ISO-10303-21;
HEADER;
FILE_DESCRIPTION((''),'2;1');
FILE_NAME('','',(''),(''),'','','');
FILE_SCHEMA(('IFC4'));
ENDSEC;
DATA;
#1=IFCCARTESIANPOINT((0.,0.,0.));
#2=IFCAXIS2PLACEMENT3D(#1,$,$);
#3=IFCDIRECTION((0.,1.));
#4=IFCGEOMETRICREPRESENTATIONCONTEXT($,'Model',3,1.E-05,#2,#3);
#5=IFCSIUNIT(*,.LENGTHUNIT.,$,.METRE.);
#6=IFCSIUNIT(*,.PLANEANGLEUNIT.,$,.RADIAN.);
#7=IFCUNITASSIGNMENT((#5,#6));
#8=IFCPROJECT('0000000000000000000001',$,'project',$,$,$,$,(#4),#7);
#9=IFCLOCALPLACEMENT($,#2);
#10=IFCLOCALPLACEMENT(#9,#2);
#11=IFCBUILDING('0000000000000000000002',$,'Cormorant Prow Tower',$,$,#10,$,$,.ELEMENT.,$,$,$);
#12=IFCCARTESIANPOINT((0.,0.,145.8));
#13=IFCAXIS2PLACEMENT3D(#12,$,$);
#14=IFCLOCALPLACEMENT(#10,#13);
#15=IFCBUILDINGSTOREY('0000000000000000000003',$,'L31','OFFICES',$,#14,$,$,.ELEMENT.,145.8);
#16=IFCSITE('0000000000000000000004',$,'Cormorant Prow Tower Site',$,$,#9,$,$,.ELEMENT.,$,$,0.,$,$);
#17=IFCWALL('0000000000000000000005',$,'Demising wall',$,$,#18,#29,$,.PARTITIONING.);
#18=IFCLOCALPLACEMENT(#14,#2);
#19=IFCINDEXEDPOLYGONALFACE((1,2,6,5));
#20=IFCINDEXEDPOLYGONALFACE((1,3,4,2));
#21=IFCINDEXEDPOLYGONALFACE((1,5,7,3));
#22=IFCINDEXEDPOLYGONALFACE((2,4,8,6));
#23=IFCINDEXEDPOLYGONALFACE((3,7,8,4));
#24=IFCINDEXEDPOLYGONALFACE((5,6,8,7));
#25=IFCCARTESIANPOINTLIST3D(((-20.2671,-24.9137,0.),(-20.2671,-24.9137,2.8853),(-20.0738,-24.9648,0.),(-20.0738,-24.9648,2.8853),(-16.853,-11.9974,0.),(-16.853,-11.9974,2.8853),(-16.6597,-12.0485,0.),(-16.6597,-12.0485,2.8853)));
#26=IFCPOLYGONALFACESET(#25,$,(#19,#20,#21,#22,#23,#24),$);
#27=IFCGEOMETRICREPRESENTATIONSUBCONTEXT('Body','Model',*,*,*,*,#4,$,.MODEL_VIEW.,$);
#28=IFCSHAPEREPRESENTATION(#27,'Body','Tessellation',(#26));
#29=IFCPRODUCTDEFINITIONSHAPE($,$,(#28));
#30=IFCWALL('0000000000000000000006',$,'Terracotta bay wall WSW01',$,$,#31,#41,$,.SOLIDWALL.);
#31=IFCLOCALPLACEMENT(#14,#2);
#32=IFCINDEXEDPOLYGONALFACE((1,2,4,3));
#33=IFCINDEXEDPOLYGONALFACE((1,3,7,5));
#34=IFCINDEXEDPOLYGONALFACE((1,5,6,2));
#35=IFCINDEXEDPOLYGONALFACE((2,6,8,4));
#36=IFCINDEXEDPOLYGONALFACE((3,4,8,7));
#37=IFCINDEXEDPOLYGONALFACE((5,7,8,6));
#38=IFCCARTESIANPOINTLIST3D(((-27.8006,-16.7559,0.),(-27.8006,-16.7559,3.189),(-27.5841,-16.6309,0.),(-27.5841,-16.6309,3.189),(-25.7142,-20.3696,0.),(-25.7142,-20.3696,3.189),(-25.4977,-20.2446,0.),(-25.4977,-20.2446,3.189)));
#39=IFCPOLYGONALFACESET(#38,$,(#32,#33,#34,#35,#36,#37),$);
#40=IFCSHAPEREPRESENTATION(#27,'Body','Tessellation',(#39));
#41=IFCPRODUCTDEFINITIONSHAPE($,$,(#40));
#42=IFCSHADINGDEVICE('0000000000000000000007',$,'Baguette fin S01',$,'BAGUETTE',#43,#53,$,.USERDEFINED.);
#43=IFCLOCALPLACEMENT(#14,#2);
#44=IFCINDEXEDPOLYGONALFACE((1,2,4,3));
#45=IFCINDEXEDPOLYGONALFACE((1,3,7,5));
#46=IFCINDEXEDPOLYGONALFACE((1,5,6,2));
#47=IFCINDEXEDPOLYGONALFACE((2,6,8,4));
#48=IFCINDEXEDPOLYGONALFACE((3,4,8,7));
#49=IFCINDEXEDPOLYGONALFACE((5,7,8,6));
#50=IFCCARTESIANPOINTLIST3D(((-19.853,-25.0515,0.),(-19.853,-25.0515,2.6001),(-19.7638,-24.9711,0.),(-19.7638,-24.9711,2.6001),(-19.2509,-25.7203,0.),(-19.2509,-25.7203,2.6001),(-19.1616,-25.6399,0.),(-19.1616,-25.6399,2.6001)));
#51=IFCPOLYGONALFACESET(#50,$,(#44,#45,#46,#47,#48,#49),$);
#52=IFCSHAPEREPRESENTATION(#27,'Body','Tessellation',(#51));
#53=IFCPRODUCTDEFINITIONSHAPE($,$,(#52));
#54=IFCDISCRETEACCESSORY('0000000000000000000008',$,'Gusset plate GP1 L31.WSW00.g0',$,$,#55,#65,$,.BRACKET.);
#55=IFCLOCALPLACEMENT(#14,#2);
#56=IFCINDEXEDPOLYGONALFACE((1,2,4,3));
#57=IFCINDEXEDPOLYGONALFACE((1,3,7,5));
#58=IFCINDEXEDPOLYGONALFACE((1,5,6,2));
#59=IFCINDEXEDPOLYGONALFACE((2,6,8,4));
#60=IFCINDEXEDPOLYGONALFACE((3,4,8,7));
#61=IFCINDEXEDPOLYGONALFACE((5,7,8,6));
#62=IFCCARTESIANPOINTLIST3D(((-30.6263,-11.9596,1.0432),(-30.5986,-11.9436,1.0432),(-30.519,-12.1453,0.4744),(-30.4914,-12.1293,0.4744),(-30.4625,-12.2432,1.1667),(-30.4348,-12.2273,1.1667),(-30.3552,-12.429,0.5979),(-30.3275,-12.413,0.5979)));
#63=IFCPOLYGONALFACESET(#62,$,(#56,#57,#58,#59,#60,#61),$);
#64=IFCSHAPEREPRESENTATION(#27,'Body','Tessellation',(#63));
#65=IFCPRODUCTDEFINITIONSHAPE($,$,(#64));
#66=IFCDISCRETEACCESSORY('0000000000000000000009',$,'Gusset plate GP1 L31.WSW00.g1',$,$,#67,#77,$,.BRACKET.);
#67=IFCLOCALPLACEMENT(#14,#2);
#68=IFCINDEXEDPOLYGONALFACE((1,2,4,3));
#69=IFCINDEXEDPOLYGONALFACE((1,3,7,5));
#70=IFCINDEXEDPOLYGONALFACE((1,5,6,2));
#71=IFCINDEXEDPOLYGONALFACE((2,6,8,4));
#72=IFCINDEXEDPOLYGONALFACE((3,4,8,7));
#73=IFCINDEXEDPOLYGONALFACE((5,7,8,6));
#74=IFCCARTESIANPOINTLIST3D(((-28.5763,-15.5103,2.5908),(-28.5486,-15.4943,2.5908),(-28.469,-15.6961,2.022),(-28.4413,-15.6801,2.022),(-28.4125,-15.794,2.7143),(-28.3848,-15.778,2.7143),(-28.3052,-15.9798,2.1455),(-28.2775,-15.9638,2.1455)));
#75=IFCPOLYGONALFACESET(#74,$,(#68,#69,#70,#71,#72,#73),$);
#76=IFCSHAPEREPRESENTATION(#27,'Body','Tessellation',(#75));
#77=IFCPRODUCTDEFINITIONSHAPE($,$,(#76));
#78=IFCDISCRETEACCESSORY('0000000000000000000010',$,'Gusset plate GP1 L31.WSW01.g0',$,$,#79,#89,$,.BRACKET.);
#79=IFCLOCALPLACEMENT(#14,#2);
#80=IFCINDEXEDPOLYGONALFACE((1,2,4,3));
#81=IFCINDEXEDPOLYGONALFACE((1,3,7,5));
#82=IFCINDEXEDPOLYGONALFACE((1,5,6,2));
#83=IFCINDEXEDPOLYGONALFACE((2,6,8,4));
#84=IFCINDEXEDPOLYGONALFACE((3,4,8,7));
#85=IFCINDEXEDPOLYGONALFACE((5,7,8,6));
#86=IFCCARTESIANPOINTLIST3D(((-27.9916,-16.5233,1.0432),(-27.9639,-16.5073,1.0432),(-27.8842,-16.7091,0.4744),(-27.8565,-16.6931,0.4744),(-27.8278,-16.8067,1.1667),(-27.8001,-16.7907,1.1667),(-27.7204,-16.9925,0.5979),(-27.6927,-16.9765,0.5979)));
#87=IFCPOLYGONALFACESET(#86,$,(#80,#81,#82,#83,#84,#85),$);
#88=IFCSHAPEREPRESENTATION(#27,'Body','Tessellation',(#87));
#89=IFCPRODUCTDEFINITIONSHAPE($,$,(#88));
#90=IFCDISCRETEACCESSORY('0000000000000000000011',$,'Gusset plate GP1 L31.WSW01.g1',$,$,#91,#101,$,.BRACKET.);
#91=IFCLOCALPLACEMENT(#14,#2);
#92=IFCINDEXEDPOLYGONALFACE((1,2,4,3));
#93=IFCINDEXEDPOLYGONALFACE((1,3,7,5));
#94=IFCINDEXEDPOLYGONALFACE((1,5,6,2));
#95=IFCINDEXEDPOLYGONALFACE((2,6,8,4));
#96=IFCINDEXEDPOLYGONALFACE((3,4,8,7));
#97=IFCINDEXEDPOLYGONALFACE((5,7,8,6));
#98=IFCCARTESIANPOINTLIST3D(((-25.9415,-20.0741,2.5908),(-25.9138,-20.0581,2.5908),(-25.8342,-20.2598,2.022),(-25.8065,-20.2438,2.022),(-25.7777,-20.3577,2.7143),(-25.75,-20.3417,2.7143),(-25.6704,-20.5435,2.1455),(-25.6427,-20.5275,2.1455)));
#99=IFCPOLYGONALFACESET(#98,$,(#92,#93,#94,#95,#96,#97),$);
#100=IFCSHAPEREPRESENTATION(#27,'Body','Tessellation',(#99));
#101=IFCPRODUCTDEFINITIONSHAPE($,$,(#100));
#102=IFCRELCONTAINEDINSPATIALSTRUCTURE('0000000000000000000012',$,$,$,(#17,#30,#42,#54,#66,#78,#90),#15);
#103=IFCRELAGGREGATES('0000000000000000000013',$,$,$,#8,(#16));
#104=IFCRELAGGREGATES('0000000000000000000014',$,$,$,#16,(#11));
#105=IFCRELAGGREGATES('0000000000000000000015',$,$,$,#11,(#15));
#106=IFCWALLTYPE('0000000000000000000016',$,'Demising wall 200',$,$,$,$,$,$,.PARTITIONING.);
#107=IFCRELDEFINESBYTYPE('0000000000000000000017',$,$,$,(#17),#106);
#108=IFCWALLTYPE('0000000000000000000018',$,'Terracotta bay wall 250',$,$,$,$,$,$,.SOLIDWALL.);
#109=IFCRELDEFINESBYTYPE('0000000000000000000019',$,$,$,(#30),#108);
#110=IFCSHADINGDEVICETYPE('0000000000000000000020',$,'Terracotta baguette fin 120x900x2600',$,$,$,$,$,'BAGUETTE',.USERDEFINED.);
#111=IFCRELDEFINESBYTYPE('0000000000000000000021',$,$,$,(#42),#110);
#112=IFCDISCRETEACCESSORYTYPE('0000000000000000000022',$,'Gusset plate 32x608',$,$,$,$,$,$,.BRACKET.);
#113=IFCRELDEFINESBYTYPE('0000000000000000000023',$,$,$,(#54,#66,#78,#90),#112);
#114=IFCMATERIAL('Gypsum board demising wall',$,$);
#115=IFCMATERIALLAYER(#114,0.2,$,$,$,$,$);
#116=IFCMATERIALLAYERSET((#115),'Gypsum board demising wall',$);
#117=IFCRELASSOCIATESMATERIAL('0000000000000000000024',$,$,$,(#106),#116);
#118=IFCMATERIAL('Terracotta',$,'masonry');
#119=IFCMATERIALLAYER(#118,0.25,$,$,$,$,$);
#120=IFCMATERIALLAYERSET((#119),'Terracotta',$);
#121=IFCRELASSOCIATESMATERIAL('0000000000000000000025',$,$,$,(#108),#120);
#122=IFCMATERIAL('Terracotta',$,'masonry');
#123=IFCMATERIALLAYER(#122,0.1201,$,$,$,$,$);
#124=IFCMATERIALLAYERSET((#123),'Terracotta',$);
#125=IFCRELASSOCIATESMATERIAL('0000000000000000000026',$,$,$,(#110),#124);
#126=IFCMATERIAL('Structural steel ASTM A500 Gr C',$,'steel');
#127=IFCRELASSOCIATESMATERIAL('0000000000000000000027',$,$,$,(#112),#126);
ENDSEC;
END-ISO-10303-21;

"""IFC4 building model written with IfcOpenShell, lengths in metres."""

from ifc_helpers import new_model, si_unit, direction, frame, frame_2d, origin, origin_2d, place, context, subcontext, project, spatial, rectangle, extrude, material, layer, layer_set, material_profile, profile_set, type_object, element, save


model = new_model("IFC4")

# Units and contexts
model_context = context("Model", 3, precision=1e-05, world=origin(), true_north=direction((0.0, 1.0)))
body_context = subcontext(model_context, "Body", "Model", "MODEL_VIEW")
ifc_project = project(units=[si_unit("LENGTHUNIT", "METRE"), si_unit("PLANEANGLEUNIT", "RADIAN")], contexts=[model_context])

# Site, building, storey
site_placement = place(None, origin())
site = spatial("IfcSite", under=ifc_project, at=site_placement, Name="Cormorant Prow Tower Site", CompositionType="ELEMENT", RefElevation=0.0)
building_placement = place(site_placement, origin())
building = spatial("IfcBuilding", under=site, at=building_placement, Name="Cormorant Prow Tower", CompositionType="ELEMENT")
storey_placement = place(building_placement, frame((0.0, 0.0, 145.8)))
storey = spatial("IfcBuildingStorey", under=building, at=storey_placement, Name="L31", Description="OFFICES", CompositionType="ELEMENT", Elevation=145.8)

# Walls
ifc_material_1 = material(Name="Gypsum board demising wall")
ifc_layer_1 = layer(ifc_material_1, 0.2)
ifc_layer_set_1 = layer_set([ifc_layer_1], Name="Gypsum board demising wall")
wall_type_1 = type_object("IfcWallType", Name="Demising wall 200", PredefinedType="PARTITIONING", material=ifc_layer_set_1)
wall_1_placement = place(storey_placement, frame((-20.1704, -24.9392, 0.0), z_axis=(0.0, 0.0, 1.0), x_axis=(0.255546, 0.966797, 0.0)))
element("IfcWall", 1, at=wall_1_placement, inside=storey, type_object=wall_type_1, Name="Demising wall", PredefinedType="PARTITIONING", context=body_context, shape_type="SweptSolid", body=[
    extrude(rectangle(XDim=13.3599, YDim=0.2, at=frame_2d((6.6799, 0.0))), origin(), (0.0, 0.0, 1.0), 2.8853),
])
ifc_material_2 = material(Name="Terracotta", Category="masonry")
ifc_layer_2 = layer(ifc_material_2, 0.25)
ifc_layer_set_2 = layer_set([ifc_layer_2], Name="Terracotta")
wall_type_2 = type_object("IfcWallType", Name="Terracotta bay wall 250", PredefinedType="SOLIDWALL", material=ifc_layer_set_2)
wall_2_placement = place(storey_placement, frame((-27.6924, -16.6934, 0.0), z_axis=(0.0, 0.0, 1.0), x_axis=(0.500003, -0.866024, 0.0)))
element("IfcWall", 2, at=wall_2_placement, inside=storey, type_object=wall_type_2, Name="Terracotta bay wall WSW01", PredefinedType="SOLIDWALL", context=body_context, shape_type="SweptSolid", body=[
    extrude(rectangle(XDim=4.1729, YDim=0.25, at=frame_2d((2.0864, 0.0))), origin(), (0.0, 0.0, 1.0), 3.189),
])

# Shading device
ifc_material_3 = material(Name="Terracotta", Category="masonry")
ifc_layer_3 = layer(ifc_material_3, 0.1201)
ifc_layer_set_3 = layer_set([ifc_layer_3], Name="Terracotta")
shading_device_type = type_object("IfcShadingDeviceType", Name="Terracotta baguette fin 120x900x2600", ElementType="BAGUETTE", PredefinedType="USERDEFINED", material=ifc_layer_set_3)
shading_device_placement = place(storey_placement, frame((-19.5073, -25.3457, 0.0), z_axis=(0.0, 0.0, 1.0), x_axis=(0.743145, 0.669131, 0.0)))
element("IfcShadingDevice", 3, at=shading_device_placement, inside=storey, type_object=shading_device_type, Name="Baguette fin S01", ObjectType="BAGUETTE", PredefinedType="USERDEFINED", context=body_context, shape_type="SweptSolid", body=[
    extrude(rectangle(XDim=0.1201, YDim=0.8999, at=origin_2d()), origin(), (0.0, 0.0, 1.0), 2.6001),
])

# Discrete accessories
ifc_material_4 = material(Name="Structural steel ASTM A500 Gr C", Category="steel")
ifc_material_profile_1 = material_profile(ifc_material_4, rectangle(XDim=0.032, YDim=0.6079, at=origin_2d()), Name="Gusset plate 32x608")
ifc_profile_set_1 = profile_set([ifc_material_profile_1], Name="Structural steel ASTM A500 Gr C")
discrete_accessory_type = type_object("IfcDiscreteAccessoryType", Name="Gusset plate 32x608", PredefinedType="BRACKET", material=ifc_profile_set_1)
for number, where, z_axis, x_axis, name in (
    (4, (-30.395, -12.3281, 0.8823), (-0.467903, 0.810288, -0.352845), (-0.865987, -0.500067, 0.0), "Gusset plate GP1 L31.WSW00.g0"),
    (5, (-28.5088, -15.5952, 2.3064), (0.467903, -0.810288, 0.352845), (0.865987, 0.500067, 0.0), "Gusset plate GP1 L31.WSW00.g1"),
):
    element("IfcDiscreteAccessory", number, at=place(storey_placement, frame(where, z_axis=z_axis, x_axis=x_axis)), inside=storey, type_object=discrete_accessory_type, Name=name, PredefinedType="BRACKET", context=body_context, shape_type="SweptSolid", body=[
        extrude(rectangle(XDim=0.032, YDim=0.6079, at=origin_2d()), origin(), (0.0, 0.0, 1.0), 0.3501),
    ])
discrete_accessory_1_placement = place(storey_placement, frame((-27.7603, -16.8916, 0.8823), z_axis=(-0.468168, 0.810049, -0.353044), x_axis=(-0.8658, -0.500389, 0.0)))
element("IfcDiscreteAccessory", 6, at=discrete_accessory_1_placement, inside=storey, type_object=discrete_accessory_type, Name="Gusset plate GP1 L31.WSW01.g0", PredefinedType="BRACKET", context=body_context, shape_type="SweptSolid", body=[
    extrude(rectangle(XDim=0.032, YDim=0.6079, at=origin_2d()), origin(), (0.0, 0.0, 1.0), 0.3499),
])
discrete_accessory_2_placement = place(storey_placement, frame((-25.874, -20.1589, 2.3064), z_axis=(0.467903, -0.810288, 0.352845), x_axis=(0.865987, 0.500067, 0.0)))
element("IfcDiscreteAccessory", 7, at=discrete_accessory_2_placement, inside=storey, type_object=discrete_accessory_type, Name="Gusset plate GP1 L31.WSW01.g1", PredefinedType="BRACKET", context=body_context, shape_type="SweptSolid", body=[
    extrude(rectangle(XDim=0.032, YDim=0.6079, at=origin_2d()), origin(), (0.0, 0.0, 1.0), 0.3501),
])

save(model, "model.ifc")
